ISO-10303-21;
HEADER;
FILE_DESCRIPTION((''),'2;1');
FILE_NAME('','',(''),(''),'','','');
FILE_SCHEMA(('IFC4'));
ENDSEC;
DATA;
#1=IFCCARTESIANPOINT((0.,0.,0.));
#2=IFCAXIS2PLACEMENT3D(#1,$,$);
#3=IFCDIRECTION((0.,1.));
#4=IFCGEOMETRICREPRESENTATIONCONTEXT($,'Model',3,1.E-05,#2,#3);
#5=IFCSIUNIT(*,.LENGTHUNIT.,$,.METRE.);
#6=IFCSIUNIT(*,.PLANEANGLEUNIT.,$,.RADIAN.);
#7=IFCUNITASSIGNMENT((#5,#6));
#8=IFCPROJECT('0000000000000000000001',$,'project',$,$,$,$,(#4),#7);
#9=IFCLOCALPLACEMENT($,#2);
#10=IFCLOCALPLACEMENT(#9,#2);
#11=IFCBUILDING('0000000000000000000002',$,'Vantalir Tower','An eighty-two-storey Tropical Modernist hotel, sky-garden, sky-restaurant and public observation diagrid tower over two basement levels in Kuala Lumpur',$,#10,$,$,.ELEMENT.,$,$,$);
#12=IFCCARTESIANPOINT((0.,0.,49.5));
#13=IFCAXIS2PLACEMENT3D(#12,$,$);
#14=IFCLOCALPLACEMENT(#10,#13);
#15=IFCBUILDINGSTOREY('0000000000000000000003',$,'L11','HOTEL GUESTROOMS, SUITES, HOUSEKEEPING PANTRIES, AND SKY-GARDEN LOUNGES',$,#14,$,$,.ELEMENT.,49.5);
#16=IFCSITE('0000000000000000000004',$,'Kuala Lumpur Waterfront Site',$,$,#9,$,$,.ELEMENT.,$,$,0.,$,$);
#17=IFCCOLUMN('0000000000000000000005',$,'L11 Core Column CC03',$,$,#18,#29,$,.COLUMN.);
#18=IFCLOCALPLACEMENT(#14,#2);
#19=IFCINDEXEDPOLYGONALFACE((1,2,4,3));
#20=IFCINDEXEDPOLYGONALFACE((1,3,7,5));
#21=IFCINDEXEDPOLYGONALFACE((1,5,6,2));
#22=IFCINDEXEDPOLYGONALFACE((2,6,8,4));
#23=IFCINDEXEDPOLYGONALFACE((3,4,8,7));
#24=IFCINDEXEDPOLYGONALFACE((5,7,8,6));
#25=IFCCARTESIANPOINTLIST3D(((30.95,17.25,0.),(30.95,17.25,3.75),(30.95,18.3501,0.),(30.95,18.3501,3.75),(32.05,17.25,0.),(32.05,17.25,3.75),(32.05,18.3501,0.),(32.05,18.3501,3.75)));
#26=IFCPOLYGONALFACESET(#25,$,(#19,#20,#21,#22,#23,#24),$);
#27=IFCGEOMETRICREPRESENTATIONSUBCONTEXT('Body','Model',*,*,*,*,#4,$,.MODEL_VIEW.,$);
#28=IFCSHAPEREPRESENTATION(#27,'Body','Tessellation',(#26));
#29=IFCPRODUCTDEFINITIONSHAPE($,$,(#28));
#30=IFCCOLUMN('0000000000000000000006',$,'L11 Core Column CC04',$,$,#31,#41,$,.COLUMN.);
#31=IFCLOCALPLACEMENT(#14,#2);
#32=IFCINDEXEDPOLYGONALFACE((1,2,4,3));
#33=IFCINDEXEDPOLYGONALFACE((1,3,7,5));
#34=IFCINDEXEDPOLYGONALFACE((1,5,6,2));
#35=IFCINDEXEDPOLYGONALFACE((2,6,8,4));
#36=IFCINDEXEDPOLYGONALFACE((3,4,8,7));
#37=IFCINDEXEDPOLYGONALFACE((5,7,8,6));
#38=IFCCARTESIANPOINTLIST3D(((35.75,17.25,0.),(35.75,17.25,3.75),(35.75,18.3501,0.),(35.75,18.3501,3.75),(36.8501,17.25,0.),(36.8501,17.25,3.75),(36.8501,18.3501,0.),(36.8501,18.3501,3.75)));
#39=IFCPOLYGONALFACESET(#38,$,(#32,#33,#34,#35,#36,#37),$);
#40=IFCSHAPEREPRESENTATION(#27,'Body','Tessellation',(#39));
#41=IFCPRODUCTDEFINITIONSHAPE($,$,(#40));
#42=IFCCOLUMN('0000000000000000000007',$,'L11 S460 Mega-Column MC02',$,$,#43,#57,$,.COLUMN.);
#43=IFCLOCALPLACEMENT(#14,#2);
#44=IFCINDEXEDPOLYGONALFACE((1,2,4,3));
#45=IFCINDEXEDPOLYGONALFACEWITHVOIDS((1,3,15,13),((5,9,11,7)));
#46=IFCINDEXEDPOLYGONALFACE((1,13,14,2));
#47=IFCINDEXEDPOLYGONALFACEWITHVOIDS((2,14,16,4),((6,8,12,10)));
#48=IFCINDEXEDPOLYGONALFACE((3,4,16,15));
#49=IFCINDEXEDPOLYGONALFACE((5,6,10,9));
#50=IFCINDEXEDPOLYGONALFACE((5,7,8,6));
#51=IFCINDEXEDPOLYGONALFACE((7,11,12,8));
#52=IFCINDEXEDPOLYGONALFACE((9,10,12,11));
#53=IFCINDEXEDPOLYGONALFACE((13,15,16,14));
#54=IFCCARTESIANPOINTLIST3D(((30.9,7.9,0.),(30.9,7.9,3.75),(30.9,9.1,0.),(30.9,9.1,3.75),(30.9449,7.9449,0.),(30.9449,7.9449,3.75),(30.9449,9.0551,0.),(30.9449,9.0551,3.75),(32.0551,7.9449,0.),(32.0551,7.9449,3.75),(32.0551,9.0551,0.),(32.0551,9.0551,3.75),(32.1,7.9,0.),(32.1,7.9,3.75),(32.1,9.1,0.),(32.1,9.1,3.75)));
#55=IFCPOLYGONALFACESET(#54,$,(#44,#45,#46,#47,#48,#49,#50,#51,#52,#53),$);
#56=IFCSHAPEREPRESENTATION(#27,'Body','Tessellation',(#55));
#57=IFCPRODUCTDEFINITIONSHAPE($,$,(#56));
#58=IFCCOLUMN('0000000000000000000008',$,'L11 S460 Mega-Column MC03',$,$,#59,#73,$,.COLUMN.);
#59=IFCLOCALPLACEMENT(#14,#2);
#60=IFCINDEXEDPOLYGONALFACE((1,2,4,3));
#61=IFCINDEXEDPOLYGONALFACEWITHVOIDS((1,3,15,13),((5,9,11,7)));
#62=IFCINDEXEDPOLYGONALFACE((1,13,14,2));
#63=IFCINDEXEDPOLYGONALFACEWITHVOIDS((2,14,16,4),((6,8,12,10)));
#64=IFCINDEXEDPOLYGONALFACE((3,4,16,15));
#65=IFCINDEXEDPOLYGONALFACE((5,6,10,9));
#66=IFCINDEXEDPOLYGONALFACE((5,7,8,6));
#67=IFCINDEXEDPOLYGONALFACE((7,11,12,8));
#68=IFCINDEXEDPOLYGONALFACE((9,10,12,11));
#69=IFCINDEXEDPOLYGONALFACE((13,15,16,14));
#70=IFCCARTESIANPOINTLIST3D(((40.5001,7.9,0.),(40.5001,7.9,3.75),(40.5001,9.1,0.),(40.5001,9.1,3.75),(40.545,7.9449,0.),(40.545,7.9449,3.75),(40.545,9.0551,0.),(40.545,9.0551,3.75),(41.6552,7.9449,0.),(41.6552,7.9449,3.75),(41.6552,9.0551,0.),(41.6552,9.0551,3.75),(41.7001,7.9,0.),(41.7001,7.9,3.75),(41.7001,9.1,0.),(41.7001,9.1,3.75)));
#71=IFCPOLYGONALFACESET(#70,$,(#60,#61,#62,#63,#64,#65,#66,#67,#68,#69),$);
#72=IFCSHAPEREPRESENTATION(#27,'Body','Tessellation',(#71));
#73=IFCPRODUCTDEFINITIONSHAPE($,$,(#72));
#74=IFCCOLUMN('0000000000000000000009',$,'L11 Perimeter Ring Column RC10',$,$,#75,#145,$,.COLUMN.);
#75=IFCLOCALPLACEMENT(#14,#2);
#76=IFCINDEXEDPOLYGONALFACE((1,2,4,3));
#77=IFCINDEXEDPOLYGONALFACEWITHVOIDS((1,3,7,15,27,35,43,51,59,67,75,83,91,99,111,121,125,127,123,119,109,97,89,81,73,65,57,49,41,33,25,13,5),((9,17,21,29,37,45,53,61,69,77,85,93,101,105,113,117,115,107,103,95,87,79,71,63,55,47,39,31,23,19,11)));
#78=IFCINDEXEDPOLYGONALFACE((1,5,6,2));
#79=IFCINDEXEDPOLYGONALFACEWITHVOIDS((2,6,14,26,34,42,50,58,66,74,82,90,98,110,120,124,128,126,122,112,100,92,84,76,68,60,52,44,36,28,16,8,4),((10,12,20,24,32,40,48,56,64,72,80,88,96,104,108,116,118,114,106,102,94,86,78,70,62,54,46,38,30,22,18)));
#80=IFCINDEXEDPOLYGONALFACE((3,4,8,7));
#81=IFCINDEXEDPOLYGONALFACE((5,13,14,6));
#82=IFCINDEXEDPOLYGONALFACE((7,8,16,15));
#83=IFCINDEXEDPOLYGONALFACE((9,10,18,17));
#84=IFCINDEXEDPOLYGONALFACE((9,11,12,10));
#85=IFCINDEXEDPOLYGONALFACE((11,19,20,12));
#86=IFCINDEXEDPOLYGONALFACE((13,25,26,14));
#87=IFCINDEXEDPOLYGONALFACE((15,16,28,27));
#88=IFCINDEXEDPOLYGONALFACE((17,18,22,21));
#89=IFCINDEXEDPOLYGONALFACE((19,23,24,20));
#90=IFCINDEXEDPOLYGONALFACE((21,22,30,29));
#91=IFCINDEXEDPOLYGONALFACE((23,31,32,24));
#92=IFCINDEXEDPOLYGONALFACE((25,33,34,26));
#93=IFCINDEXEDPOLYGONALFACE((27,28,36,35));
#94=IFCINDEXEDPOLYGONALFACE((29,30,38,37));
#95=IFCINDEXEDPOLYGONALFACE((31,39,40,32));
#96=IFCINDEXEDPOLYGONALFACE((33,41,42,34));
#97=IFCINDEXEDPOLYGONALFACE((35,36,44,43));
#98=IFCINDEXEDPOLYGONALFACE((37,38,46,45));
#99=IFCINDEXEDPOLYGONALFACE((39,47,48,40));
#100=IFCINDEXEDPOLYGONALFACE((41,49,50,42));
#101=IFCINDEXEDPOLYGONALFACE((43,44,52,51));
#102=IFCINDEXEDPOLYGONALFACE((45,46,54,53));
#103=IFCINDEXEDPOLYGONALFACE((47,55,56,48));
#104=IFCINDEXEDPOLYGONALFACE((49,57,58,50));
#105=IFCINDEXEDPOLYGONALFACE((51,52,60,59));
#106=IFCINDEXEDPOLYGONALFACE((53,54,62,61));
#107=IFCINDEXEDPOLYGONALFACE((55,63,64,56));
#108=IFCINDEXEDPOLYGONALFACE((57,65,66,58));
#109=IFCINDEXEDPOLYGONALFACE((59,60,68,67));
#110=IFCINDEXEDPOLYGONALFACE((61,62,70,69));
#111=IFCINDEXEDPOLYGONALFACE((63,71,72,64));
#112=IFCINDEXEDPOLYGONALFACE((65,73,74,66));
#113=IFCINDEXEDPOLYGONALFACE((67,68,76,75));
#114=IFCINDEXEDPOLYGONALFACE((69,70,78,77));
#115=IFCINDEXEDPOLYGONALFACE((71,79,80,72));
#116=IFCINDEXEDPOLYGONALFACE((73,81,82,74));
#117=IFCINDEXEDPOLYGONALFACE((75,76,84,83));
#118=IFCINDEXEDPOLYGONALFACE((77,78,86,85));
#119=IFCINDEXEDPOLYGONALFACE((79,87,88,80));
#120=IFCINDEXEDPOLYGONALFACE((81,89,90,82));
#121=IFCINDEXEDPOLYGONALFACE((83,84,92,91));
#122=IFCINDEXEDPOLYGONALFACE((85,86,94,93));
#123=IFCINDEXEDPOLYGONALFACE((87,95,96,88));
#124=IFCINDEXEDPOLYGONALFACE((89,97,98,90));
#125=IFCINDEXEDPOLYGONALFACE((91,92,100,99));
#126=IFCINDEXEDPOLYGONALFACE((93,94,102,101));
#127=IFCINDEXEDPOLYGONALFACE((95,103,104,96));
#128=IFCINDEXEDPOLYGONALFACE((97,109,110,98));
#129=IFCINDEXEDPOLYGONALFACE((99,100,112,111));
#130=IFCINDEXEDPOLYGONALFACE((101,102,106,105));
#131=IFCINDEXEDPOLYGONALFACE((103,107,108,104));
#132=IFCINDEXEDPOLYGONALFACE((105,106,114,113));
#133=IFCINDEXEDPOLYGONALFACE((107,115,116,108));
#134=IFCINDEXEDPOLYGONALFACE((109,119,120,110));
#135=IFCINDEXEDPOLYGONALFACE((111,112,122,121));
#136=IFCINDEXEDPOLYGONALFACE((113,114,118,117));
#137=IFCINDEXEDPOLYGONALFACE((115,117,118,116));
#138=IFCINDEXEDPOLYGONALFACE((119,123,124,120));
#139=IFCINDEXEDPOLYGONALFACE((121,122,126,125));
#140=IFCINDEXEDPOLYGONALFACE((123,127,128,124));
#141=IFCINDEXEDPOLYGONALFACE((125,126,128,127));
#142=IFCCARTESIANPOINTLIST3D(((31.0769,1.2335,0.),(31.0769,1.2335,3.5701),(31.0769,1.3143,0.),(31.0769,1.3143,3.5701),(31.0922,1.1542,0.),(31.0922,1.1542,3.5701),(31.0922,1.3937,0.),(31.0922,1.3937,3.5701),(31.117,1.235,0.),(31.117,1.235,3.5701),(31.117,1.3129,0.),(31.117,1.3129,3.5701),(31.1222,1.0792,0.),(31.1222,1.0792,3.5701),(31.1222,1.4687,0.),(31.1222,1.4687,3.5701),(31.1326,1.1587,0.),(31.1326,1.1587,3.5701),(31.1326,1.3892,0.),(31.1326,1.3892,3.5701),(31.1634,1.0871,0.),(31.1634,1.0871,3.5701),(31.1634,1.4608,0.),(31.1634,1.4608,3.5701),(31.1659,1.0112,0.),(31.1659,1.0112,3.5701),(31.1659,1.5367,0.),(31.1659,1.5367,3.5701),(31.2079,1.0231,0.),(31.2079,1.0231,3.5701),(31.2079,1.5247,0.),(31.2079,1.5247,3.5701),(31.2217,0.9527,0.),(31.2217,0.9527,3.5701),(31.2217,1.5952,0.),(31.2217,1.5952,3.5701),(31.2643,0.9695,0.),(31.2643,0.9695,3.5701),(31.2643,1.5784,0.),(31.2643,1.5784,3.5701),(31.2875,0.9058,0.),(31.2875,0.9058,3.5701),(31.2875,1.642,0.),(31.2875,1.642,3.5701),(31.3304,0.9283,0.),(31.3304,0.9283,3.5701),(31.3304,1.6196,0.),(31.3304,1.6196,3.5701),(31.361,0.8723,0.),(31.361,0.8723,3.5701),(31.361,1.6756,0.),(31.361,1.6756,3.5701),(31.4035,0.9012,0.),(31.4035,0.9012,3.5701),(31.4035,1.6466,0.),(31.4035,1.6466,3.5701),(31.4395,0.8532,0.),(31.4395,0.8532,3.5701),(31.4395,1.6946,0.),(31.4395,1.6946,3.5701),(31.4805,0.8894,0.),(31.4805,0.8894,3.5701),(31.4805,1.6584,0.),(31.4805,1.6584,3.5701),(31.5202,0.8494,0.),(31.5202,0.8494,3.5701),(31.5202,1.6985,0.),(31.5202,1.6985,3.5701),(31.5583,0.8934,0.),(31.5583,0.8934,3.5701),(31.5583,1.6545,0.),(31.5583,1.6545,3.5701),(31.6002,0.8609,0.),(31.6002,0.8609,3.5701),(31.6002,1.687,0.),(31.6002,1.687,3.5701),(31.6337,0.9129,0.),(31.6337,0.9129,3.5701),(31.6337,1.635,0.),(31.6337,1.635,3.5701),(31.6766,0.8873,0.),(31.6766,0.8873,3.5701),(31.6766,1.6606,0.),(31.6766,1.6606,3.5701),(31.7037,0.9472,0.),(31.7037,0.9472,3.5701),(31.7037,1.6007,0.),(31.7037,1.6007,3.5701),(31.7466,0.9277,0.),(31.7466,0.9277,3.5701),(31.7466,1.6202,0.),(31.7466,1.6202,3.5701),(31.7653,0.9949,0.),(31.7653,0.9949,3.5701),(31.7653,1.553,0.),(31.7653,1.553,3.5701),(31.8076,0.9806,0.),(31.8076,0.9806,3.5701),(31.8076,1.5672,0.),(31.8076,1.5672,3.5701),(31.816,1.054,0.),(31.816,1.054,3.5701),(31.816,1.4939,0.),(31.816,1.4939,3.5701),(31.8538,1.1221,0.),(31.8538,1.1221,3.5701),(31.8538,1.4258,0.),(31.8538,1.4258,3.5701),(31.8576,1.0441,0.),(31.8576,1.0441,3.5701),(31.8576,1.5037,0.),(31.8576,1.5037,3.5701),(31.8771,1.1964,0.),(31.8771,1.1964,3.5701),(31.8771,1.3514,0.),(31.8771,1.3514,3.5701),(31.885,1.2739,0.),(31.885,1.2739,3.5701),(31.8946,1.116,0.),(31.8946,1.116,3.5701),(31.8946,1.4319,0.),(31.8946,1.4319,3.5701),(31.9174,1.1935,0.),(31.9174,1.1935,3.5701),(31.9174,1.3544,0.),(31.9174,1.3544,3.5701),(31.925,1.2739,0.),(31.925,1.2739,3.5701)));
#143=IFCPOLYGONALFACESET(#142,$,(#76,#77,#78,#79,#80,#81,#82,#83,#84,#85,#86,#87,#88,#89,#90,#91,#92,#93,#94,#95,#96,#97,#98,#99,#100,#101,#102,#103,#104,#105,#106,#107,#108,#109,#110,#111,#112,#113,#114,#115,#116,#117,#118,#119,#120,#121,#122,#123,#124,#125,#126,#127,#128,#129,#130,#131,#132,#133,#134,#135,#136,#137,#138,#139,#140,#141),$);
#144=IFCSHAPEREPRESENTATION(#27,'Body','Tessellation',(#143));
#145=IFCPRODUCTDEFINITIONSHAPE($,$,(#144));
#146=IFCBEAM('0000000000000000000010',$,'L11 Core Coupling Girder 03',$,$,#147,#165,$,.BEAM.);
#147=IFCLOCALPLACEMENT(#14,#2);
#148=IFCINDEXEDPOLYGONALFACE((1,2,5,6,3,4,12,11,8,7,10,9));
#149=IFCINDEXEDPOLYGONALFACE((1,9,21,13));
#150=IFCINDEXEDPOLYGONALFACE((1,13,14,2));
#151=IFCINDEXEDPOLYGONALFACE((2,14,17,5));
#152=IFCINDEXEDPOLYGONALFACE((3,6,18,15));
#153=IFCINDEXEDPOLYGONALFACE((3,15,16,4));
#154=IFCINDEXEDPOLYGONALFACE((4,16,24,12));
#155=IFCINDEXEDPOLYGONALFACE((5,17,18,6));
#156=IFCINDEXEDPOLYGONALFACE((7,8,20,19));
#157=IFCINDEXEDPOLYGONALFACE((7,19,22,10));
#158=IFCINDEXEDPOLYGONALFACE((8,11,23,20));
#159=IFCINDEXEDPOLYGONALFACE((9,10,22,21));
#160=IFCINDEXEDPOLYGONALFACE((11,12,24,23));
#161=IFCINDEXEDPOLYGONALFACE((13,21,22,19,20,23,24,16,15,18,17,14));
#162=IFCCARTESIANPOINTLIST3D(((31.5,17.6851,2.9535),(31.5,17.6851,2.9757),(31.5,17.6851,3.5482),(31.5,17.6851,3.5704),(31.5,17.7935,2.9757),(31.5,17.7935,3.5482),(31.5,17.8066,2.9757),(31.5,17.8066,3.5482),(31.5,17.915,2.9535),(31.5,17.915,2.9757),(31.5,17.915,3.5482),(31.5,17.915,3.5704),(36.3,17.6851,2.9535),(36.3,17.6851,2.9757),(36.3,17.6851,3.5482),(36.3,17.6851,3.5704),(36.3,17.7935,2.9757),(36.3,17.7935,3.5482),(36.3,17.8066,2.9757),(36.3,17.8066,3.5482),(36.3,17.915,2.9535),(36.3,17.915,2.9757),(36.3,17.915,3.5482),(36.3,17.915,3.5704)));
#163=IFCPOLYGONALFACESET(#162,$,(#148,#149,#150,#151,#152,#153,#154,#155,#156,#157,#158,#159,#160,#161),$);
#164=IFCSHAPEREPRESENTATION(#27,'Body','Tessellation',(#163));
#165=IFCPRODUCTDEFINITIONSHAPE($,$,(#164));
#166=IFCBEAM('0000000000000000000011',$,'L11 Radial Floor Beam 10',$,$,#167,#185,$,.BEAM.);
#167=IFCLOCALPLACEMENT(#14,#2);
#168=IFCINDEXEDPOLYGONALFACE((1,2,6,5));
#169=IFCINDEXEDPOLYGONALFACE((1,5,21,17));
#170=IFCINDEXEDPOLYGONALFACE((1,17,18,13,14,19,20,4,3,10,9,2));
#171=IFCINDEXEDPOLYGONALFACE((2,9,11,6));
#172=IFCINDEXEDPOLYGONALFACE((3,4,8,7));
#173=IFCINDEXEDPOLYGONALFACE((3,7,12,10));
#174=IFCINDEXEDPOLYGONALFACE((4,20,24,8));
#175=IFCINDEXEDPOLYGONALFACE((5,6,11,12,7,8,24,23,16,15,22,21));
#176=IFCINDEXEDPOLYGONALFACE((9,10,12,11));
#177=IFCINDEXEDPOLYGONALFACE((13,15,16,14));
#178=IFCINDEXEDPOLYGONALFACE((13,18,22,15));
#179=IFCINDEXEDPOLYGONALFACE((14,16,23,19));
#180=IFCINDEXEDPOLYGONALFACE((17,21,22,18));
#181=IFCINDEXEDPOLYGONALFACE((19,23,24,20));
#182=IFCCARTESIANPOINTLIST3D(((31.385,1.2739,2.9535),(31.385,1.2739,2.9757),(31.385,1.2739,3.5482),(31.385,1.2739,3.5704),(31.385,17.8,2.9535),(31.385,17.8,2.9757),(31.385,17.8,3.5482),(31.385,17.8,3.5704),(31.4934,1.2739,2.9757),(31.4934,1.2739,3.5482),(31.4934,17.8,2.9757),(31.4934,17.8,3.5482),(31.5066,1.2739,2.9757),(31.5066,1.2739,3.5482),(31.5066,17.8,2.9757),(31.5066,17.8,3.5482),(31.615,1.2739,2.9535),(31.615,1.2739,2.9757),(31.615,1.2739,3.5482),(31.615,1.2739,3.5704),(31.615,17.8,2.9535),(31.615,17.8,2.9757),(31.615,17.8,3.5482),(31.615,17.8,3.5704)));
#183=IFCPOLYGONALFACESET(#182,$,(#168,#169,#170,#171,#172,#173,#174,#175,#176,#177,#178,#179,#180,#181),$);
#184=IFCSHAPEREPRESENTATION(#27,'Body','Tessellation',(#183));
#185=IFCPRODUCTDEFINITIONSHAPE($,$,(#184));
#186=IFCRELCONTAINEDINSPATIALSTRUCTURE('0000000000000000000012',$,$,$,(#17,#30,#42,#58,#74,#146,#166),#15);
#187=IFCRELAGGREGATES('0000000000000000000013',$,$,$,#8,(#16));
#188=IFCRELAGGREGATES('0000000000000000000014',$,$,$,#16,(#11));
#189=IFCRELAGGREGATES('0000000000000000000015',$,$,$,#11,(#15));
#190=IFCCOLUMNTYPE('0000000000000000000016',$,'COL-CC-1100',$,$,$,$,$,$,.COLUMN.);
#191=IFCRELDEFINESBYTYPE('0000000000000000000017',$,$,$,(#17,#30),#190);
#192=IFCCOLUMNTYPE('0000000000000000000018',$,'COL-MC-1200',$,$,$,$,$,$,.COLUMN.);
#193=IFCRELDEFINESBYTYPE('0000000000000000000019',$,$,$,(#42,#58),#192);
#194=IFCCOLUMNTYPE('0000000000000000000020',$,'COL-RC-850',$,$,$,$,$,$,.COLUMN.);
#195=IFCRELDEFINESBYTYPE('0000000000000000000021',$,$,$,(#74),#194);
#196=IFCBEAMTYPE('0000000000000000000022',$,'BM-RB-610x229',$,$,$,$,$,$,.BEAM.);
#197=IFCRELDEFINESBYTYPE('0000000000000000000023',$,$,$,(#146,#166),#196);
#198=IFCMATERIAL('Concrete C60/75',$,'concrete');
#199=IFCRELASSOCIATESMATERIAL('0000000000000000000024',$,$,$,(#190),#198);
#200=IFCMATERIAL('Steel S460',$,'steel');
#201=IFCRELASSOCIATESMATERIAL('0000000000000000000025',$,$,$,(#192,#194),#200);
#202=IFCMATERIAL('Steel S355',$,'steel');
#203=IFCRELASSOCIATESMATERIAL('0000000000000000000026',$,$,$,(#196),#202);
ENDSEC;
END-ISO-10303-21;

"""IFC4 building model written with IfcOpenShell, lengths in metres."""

from ifc_helpers import new_model, si_unit, direction, frame, origin, origin_2d, place, context, subcontext, project, spatial, rectangle, hollow_rectangle, hollow_circle, i_section, extrude, material, material_profile, profile_set, type_object, element, save


model = new_model("IFC4")

# Units and contexts
model_context = context("Model", 3, precision=1e-05, world=origin(), true_north=direction((0.0, 1.0)))
body_context = subcontext(model_context, "Body", "Model", "MODEL_VIEW")
ifc_project = project(units=[si_unit("LENGTHUNIT", "METRE"), si_unit("PLANEANGLEUNIT", "RADIAN")], contexts=[model_context])

# Site, building, storey
site_placement = place(None, origin())
site = spatial("IfcSite", under=ifc_project, at=site_placement, Name="Kuala Lumpur Waterfront Site", CompositionType="ELEMENT", RefElevation=0.0)
building_placement = place(site_placement, origin())
building = spatial("IfcBuilding", under=site, at=building_placement, Name="Vantalir Tower", Description="An eighty-two-storey Tropical Modernist hotel, sky-garden, sky-restaurant and public observation diagrid tower over two basement levels in Kuala Lumpur", CompositionType="ELEMENT")
storey_placement = place(building_placement, frame((0.0, 0.0, 49.5)))
storey = spatial("IfcBuildingStorey", under=building, at=storey_placement, Name="L11", Description="HOTEL GUESTROOMS, SUITES, HOUSEKEEPING PANTRIES, AND SKY-GARDEN LOUNGES", CompositionType="ELEMENT", Elevation=49.5)

# Columns
ifc_material_1 = material(Name="Concrete C60/75", Category="concrete")
ifc_material_profile_1 = material_profile(ifc_material_1, rectangle(XDim=1.1001, YDim=1.1001, at=origin_2d()), Name="Concrete C60/75")
ifc_profile_set_1 = profile_set([ifc_material_profile_1], Name="Concrete C60/75")
column_type_1 = type_object("IfcColumnType", Name="COL-CC-1100", PredefinedType="COLUMN", material=ifc_profile_set_1)
for number, where, z_axis, x_axis, name in (
    (1, (31.5, 17.8, 0.0), (0.0, 0.0, 1.0), (1.0, 0.0, 0.0), "L11 Core Column CC03"),
    (2, (36.3, 17.8, 0.0), (0.0, 0.0, 1.0), (1.0, 0.0, 0.0), "L11 Core Column CC04"),
):
    element("IfcColumn", number, at=place(storey_placement, frame(where, z_axis=z_axis, x_axis=x_axis)), inside=storey, type_object=column_type_1, Name=name, PredefinedType="COLUMN", context=body_context, shape_type="SweptSolid", body=[
        extrude(rectangle(XDim=1.1001, YDim=1.1001, at=origin_2d()), origin(), (0.0, 0.0, 1.0), 3.75),
    ])
ifc_material_2 = material(Name="Steel S460", Category="steel")
ifc_material_profile_2 = material_profile(ifc_material_2, hollow_rectangle(XDim=1.2, YDim=1.2, WallThickness=0.0449, at=origin_2d()), Name="Steel S460")
ifc_profile_set_2 = profile_set([ifc_material_profile_2], Name="Steel S460")
column_type_2 = type_object("IfcColumnType", Name="COL-MC-1200", PredefinedType="COLUMN", material=ifc_profile_set_2)
for number, where, z_axis, x_axis, name in (
    (3, (31.5, 8.5, 0.0), (0.0, 0.0, 1.0), (1.0, 0.0, 0.0), "L11 S460 Mega-Column MC02"),
    (4, (41.1001, 8.5, 0.0), (0.0, 0.0, 1.0), (1.0, 0.0, 0.0), "L11 S460 Mega-Column MC03"),
):
    element("IfcColumn", number, at=place(storey_placement, frame(where, z_axis=z_axis, x_axis=x_axis)), inside=storey, type_object=column_type_2, Name=name, PredefinedType="COLUMN", context=body_context, shape_type="SweptSolid", body=[
        extrude(hollow_rectangle(XDim=1.2, YDim=1.2, WallThickness=0.0449, at=origin_2d()), origin(), (0.0, 0.0, 1.0), 3.75),
    ])
ifc_material_profile_3 = material_profile(ifc_material_2, hollow_circle(Radius=0.425, WallThickness=0.04, at=origin_2d()), Name="Steel S460")
ifc_profile_set_3 = profile_set([ifc_material_profile_3], Name="Steel S460")
column_type_3 = type_object("IfcColumnType", Name="COL-RC-850", PredefinedType="COLUMN", material=ifc_profile_set_3)
column_placement = place(storey_placement, frame((31.5, 1.2739, 0.0), z_axis=(0.0, 0.0, 1.0), x_axis=(1.0, 0.0, 0.0)))
element("IfcColumn", 5, at=column_placement, inside=storey, type_object=column_type_3, Name="L11 Perimeter Ring Column RC10", PredefinedType="COLUMN", context=body_context, shape_type="SweptSolid", body=[
    extrude(hollow_circle(Radius=0.425, WallThickness=0.04, at=origin_2d()), origin(), (0.0, 0.0, 1.0), 3.5701),
])

# Beams
ifc_material_3 = material(Name="Steel S355", Category="steel")
ifc_material_profile_4 = material_profile(ifc_material_3, i_section(OverallWidth=0.23, OverallDepth=0.6169, WebThickness=0.0132, FlangeThickness=0.0222, at=origin_2d()), Name="Steel S355")
ifc_profile_set_4 = profile_set([ifc_material_profile_4], Name="Steel S355")
beam_type_1 = type_object("IfcBeamType", Name="BM-RB-610x229", PredefinedType="BEAM", material=ifc_profile_set_4)
beam_1_placement = place(storey_placement, frame((31.5, 17.8, 3.262), z_axis=(1.0, 0.0, 0.0), x_axis=(0.0, 1.0, 0.0)))
element("IfcBeam", 6, at=beam_1_placement, inside=storey, type_object=beam_type_1, Name="L11 Core Coupling Girder 03", PredefinedType="BEAM", context=body_context, shape_type="SweptSolid", body=[
    extrude(i_section(OverallWidth=0.23, OverallDepth=0.6169, WebThickness=0.0132, FlangeThickness=0.0222, at=origin_2d()), origin(), (0.0, 0.0, 1.0), 4.8),
])
beam_2_placement = place(storey_placement, frame((31.5, 1.2739, 3.262), z_axis=(0.0, 1.0, 0.0), x_axis=(-1.0, 0.0, 0.0)))
element("IfcBeam", 7, at=beam_2_placement, inside=storey, type_object=beam_type_1, Name="L11 Radial Floor Beam 10", PredefinedType="BEAM", context=body_context, shape_type="SweptSolid", body=[
    extrude(i_section(OverallWidth=0.23, OverallDepth=0.6169, WebThickness=0.0132, FlangeThickness=0.0222, at=origin_2d()), origin(), (0.0, 0.0, 1.0), 16.5261),
])

save(model, "model.ifc")
